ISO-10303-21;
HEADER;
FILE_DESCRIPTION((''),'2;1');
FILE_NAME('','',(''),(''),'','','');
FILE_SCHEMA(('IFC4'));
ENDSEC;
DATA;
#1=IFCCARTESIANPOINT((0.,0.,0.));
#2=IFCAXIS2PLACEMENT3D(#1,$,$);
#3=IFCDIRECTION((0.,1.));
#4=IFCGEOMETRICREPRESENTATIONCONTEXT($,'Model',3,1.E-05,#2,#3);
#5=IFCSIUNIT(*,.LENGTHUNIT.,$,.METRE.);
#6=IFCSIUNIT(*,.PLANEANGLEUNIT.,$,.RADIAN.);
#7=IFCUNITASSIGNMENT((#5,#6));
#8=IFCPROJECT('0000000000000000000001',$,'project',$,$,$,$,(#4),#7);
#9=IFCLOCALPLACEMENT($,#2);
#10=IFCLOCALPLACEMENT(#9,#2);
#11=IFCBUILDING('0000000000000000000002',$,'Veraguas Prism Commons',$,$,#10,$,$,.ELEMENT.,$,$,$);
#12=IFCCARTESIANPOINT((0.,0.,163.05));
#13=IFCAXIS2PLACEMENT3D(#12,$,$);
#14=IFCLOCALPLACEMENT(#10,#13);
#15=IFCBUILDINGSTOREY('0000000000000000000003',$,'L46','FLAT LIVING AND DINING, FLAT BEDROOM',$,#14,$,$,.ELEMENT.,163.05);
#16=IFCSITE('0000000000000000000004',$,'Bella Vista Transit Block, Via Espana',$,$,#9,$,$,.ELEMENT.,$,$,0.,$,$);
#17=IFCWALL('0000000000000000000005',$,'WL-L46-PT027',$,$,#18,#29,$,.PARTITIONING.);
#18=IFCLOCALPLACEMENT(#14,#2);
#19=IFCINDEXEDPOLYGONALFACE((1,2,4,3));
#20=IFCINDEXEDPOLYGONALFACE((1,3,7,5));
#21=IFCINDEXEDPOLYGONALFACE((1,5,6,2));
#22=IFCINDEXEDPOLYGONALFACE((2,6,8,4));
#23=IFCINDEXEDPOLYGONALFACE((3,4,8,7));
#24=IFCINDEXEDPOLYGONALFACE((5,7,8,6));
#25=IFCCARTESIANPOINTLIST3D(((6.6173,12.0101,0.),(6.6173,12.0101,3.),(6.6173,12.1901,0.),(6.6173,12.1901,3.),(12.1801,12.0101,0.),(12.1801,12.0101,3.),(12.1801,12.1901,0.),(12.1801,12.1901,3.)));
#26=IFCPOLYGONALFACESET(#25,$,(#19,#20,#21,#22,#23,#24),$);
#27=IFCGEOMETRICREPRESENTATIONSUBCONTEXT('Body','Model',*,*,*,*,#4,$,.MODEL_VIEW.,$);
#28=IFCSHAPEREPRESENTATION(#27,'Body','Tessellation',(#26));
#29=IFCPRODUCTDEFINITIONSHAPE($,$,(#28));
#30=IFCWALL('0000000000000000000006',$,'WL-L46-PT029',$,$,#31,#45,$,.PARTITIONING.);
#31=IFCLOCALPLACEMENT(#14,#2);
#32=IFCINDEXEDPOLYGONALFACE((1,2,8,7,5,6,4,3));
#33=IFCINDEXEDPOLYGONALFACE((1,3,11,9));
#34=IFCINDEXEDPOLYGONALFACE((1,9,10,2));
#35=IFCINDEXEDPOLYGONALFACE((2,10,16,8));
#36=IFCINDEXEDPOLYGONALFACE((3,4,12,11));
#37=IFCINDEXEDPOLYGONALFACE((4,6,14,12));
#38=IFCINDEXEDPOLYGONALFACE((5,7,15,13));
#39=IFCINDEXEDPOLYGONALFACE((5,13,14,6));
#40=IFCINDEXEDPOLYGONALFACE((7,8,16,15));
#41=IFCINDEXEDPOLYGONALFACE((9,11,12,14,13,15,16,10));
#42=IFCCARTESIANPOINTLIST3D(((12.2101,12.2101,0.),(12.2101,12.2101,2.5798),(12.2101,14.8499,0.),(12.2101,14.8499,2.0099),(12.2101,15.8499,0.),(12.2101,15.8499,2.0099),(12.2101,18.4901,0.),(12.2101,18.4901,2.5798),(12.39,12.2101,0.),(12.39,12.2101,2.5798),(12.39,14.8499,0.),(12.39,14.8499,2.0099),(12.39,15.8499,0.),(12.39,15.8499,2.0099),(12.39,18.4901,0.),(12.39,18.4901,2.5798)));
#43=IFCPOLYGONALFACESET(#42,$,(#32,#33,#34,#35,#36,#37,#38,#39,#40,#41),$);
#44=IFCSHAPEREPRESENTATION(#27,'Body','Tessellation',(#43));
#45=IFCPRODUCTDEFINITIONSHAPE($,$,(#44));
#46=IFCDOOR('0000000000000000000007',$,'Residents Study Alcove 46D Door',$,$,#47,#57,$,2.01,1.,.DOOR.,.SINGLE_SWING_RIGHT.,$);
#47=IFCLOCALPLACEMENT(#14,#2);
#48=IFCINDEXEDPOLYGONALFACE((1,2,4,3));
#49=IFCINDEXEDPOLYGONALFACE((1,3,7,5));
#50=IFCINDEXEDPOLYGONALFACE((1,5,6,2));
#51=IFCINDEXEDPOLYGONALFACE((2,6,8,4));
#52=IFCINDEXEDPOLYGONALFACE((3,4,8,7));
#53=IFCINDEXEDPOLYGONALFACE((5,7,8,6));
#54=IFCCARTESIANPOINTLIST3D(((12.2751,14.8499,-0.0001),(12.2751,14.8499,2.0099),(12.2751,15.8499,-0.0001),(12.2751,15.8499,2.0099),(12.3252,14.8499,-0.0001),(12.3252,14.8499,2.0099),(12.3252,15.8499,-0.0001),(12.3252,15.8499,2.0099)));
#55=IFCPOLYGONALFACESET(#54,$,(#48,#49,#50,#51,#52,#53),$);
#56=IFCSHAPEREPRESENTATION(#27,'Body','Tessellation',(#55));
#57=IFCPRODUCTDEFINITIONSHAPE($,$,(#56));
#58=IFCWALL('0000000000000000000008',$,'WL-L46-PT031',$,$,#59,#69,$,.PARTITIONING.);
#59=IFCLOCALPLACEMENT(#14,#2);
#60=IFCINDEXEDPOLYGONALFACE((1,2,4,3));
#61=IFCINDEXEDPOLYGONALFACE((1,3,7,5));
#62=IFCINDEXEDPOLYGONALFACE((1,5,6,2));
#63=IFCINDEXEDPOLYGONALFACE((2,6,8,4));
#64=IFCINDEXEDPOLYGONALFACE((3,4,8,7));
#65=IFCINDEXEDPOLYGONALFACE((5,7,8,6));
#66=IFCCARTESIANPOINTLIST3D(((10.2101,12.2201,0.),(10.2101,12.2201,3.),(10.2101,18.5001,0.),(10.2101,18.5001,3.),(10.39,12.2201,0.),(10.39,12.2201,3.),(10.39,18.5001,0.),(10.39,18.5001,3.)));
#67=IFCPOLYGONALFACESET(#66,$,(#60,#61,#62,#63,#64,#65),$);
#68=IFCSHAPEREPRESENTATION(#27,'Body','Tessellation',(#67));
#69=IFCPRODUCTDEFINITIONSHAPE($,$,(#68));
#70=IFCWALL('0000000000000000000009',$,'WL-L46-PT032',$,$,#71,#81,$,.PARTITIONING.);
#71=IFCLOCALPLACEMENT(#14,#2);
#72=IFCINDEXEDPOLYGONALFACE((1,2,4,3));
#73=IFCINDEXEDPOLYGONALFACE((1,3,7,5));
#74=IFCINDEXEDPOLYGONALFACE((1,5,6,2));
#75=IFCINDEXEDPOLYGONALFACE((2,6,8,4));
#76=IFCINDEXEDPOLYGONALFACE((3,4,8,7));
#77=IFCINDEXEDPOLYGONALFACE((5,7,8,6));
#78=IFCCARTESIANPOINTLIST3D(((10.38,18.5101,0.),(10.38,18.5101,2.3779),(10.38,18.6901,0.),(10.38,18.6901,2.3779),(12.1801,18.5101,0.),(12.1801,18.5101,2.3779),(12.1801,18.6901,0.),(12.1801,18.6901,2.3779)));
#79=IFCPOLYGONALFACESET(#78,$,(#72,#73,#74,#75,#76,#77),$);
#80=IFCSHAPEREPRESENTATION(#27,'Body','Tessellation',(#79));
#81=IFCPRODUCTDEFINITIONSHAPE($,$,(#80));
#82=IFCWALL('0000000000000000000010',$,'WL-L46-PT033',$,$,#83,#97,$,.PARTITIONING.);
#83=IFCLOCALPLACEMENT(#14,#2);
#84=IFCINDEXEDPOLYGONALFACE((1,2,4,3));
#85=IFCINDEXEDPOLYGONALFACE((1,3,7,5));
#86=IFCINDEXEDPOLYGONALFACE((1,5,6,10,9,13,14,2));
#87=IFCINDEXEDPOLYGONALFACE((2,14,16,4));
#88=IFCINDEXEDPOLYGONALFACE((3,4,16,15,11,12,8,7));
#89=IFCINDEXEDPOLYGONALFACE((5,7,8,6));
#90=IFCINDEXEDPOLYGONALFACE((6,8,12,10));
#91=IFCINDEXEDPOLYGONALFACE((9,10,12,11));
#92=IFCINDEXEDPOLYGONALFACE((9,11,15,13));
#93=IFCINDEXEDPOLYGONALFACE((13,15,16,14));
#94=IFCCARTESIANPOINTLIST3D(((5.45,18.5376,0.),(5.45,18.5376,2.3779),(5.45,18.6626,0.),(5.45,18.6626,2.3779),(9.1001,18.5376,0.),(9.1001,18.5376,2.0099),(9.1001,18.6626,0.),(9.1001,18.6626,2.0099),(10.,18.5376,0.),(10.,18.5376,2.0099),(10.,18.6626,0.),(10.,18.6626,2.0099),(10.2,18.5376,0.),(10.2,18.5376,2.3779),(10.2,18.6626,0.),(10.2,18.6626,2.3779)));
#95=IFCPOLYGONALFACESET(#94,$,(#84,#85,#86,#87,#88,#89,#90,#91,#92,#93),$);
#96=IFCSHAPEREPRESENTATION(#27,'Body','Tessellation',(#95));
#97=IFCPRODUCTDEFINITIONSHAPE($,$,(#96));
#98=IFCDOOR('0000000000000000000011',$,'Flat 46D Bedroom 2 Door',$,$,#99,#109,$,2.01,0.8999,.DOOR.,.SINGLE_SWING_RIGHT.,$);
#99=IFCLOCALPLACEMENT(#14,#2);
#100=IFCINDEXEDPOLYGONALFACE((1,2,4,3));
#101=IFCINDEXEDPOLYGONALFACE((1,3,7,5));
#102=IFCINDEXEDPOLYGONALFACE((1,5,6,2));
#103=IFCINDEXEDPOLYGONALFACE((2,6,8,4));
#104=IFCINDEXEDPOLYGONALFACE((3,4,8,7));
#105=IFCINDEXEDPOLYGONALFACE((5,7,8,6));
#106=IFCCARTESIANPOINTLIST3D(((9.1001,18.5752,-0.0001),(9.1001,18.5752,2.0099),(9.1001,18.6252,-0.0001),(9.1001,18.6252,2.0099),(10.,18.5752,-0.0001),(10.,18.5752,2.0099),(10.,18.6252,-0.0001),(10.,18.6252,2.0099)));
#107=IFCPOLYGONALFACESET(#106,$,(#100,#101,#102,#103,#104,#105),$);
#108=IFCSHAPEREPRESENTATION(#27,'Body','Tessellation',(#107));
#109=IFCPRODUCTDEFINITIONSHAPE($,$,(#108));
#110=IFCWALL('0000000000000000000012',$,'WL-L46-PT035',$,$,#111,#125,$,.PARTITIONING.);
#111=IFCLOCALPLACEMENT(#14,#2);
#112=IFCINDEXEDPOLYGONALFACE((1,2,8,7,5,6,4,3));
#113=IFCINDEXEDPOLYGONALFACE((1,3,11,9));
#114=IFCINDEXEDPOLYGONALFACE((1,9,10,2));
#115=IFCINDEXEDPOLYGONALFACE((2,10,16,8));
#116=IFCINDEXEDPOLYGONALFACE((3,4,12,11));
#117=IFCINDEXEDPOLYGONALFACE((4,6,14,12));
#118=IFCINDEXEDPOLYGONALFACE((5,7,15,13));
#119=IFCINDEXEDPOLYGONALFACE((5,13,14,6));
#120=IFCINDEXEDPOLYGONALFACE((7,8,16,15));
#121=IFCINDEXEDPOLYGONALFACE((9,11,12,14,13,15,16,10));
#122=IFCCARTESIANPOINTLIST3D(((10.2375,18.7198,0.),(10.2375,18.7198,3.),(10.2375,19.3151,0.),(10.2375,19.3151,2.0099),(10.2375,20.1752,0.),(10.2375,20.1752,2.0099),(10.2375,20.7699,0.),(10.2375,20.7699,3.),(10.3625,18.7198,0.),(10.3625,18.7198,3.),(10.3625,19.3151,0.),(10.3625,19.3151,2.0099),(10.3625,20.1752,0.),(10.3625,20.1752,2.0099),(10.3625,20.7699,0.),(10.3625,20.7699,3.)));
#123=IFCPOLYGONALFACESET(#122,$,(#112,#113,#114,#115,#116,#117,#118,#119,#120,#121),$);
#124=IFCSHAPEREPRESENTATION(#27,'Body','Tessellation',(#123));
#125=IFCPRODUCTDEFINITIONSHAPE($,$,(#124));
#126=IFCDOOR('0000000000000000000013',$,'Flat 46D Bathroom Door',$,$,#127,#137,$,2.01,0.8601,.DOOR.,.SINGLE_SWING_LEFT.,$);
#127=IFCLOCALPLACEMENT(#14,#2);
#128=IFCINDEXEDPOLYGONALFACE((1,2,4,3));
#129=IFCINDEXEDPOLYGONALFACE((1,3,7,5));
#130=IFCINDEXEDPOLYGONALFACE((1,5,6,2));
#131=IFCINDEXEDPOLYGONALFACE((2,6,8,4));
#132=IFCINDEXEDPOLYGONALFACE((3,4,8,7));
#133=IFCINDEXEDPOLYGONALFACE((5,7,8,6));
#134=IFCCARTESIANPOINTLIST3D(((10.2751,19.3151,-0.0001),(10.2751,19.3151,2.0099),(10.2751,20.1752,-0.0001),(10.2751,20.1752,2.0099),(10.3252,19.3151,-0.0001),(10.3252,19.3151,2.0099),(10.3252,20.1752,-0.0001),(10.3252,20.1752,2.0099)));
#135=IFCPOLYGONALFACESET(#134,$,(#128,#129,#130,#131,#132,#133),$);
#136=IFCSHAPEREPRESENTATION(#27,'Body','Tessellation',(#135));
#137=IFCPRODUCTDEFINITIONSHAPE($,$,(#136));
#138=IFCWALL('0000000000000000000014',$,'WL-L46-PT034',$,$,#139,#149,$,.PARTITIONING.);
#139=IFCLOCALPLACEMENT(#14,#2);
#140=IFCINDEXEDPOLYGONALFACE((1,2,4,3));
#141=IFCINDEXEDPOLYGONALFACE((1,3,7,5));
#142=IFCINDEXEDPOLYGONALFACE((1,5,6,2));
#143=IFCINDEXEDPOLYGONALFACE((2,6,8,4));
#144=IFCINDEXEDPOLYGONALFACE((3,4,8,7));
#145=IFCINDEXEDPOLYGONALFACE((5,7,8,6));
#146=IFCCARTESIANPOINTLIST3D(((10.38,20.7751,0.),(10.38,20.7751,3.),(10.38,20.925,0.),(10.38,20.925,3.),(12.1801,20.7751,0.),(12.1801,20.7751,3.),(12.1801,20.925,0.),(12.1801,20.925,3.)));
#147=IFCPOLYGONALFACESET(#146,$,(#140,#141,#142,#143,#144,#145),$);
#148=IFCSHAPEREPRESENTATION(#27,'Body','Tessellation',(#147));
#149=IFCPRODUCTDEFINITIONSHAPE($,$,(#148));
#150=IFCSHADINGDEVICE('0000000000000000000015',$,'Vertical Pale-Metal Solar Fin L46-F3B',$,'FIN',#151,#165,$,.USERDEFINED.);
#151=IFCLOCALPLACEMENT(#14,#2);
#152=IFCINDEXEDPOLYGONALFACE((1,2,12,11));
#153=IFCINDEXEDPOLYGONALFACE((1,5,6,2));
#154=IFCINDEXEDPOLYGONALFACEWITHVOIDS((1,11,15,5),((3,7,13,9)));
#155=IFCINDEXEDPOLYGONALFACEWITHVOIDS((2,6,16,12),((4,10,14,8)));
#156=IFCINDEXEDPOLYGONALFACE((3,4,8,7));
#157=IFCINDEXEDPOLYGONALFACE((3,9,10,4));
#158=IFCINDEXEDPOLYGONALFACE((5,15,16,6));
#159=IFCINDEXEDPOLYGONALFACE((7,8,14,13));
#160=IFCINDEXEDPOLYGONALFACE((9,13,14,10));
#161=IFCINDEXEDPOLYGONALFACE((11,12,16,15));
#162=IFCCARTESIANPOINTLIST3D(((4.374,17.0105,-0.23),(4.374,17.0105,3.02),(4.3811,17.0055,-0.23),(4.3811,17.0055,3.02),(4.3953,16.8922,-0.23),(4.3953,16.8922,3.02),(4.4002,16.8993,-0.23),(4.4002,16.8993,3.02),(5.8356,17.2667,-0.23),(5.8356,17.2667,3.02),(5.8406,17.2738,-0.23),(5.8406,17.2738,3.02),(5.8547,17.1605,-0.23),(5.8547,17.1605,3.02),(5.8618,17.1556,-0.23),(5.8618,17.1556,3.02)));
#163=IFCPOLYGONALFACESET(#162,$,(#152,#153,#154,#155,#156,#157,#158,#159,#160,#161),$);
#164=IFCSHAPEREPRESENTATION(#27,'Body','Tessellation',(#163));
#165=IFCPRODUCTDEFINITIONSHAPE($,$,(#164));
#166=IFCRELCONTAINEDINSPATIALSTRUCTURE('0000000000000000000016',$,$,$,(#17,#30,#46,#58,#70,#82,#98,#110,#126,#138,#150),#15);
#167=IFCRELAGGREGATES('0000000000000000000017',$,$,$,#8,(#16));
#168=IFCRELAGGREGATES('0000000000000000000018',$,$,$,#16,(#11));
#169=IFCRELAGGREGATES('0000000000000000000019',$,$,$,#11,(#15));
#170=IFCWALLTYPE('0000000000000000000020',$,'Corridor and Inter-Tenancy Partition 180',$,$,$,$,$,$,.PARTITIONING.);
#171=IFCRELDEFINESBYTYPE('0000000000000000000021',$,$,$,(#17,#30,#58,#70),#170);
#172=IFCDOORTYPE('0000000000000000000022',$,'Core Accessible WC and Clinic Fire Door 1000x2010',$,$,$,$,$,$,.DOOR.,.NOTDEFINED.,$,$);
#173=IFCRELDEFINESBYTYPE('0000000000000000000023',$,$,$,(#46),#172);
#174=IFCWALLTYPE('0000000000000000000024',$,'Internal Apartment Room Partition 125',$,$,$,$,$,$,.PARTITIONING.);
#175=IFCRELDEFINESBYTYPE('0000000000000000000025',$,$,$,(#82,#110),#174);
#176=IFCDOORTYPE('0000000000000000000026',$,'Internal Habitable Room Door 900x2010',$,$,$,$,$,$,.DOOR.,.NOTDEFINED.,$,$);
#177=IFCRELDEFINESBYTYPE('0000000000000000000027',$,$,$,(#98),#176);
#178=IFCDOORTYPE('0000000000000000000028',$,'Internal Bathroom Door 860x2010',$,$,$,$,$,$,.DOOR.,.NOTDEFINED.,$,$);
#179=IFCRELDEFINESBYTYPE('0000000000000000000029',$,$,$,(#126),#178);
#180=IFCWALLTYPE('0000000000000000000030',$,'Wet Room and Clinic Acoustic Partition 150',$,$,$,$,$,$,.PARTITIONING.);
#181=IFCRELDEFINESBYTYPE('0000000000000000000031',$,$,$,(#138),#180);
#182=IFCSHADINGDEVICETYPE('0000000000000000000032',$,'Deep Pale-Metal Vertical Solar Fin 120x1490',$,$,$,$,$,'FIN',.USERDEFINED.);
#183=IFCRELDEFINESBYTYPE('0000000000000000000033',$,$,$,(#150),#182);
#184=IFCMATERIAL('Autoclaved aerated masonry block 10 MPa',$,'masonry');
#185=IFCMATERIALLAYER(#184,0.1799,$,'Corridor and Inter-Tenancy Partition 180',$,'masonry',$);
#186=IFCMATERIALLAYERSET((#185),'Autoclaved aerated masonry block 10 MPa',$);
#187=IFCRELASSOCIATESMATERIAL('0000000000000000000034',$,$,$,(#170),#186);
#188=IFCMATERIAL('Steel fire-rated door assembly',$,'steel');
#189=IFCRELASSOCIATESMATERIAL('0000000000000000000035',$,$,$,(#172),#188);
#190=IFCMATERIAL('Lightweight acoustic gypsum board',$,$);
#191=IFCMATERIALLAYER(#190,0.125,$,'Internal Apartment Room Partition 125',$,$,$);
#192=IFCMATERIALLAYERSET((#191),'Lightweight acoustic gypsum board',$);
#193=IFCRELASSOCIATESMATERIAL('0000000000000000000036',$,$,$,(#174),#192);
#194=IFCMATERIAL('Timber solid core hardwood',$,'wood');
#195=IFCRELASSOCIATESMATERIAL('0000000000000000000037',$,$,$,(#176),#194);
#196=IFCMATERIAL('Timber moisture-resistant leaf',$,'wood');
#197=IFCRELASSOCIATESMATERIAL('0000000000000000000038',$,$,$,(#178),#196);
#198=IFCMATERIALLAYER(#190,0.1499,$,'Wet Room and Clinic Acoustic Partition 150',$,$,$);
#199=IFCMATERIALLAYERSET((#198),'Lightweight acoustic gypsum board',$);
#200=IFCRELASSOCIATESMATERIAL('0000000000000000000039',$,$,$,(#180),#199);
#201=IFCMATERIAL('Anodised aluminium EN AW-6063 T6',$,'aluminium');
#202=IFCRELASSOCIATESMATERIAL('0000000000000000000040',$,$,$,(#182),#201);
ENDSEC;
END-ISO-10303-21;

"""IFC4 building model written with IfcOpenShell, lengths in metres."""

from ifc_helpers import new_model, si_unit, direction, frame, frame_2d, origin, origin_2d, place, context, subcontext, project, spatial, rectangle, hollow_rectangle, extrude, source, transform, mapped, material, layer, layer_set, material_profile, profile_set, type_object, element, fill, save


model = new_model("IFC4")

# Units and contexts
model_context = context("Model", 3, precision=1e-05, world=origin(), true_north=direction((0.0, 1.0)))
body_context = subcontext(model_context, "Body", "Model", "MODEL_VIEW")
ifc_project = project(units=[si_unit("LENGTHUNIT", "METRE"), si_unit("PLANEANGLEUNIT", "RADIAN")], contexts=[model_context])

# Site, building, storey
site_placement = place(None, origin())
site = spatial("IfcSite", under=ifc_project, at=site_placement, Name="Bella Vista Transit Block, Via Espana", CompositionType="ELEMENT", RefElevation=0.0)
building_placement = place(site_placement, origin())
building = spatial("IfcBuilding", under=site, at=building_placement, Name="Veraguas Prism Commons", CompositionType="ELEMENT")
storey_placement = place(building_placement, frame((0.0, 0.0, 163.05)))
storey = spatial("IfcBuildingStorey", under=building, at=storey_placement, Name="L46", Description="FLAT LIVING AND DINING, FLAT BEDROOM", CompositionType="ELEMENT", Elevation=163.05)

# Shared definitions
ifc_material_1 = material(Name="Anodised aluminium EN AW-6063 T6", Category="aluminium")

# Wall
ifc_material_2 = material(Name="Autoclaved aerated masonry block 10 MPa", Category="masonry")
ifc_layer_1 = layer(ifc_material_2, 0.1799, Name="Corridor and Inter-Tenancy Partition 180", Category="masonry")
ifc_layer_set_1 = layer_set([ifc_layer_1], Name="Autoclaved aerated masonry block 10 MPa")
wall_type_1 = type_object("IfcWallType", Name="Corridor and Inter-Tenancy Partition 180", PredefinedType="PARTITIONING", material=ifc_layer_set_1)
wall_1_placement = place(storey_placement, frame((12.1799, 12.1001, 0.0), z_axis=(0.0, 0.0, 1.0), x_axis=(-1.0, 0.0, 0.0)))
element("IfcWall", 1, at=wall_1_placement, inside=storey, type_object=wall_type_1, Name="WL-L46-PT027", PredefinedType="PARTITIONING", context=body_context, shape_type="SweptSolid", body=[
    extrude(rectangle(XDim=5.5627, YDim=0.1799, at=frame_2d((2.7812, 0.0))), origin(), (0.0, 0.0, 1.0), 3.0),
])

# Wall, opening, door
wall_2_placement = place(storey_placement, frame((12.3, 12.21, 0.0), z_axis=(0.0, 0.0, 1.0), x_axis=(0.0, 1.0, 0.0)))
wall_2 = element("IfcWall", 2, at=wall_2_placement, inside=storey, type_object=wall_type_1, Name="WL-L46-PT029", PredefinedType="PARTITIONING", context=body_context, shape_type="SweptSolid", body=[
    extrude(rectangle(XDim=6.28, YDim=0.1799, at=frame_2d((3.1401, 0.0))), origin(), (0.0, 0.0, 1.0), 2.5798),
])
opening_1_placement = place(wall_2_placement, frame((2.6399, 0.0, 0.0)))
opening_1 = element("IfcOpeningElement", 3, at=opening_1_placement, cuts=wall_2, PredefinedType="OPENING", context=body_context, shape_type="SweptSolid", body=[
    extrude(rectangle(XDim=1.0, YDim=2.01, at=frame_2d((0.5, 1.0049))), frame((0.0, 0.0999, 0.0), z_axis=(0.0, -1.0, 0.0), x_axis=(1.0, 0.0, 0.0)), (0.0, 0.0, 1.0), 0.2),
])
ifc_material_3 = material(Name="Steel fire-rated door assembly", Category="steel")
door_type_1 = type_object("IfcDoorType", Name="Core Accessible WC and Clinic Fire Door 1000x2010", OperationType="NOTDEFINED", PredefinedType="DOOR", material=ifc_material_3)
shared_shape_1 = source(origin(), body_context, "Body", "SweptSolid", [
    extrude(rectangle(XDim=1.0, YDim=2.01, at=frame_2d((0.5, 1.0049))), frame((0.0, 0.0249, 0.0), z_axis=(0.0, -1.0, 0.0), x_axis=(1.0, 0.0, 0.0)), (0.0, 0.0, 1.0), 0.05),
])
door_1_placement = place(opening_1_placement, origin())
door_1 = element("IfcDoor", 4, at=door_1_placement, inside=storey, type_object=door_type_1, Name="Residents Study Alcove 46D Door", OperationType="SINGLE_SWING_RIGHT", OverallHeight=2.01, OverallWidth=1.0, PredefinedType="DOOR", context=body_context, shape_type="MappedRepresentation", body=[
    mapped(shared_shape_1, transform((0.0, 0.0, 0.0), scale=1.0)),
])
fill(opening_1, door_1)

# Walls
wall_3_placement = place(storey_placement, frame((10.3, 12.22, 0.0), z_axis=(0.0, 0.0, 1.0), x_axis=(0.0, 1.0, 0.0)))
element("IfcWall", 5, at=wall_3_placement, inside=storey, type_object=wall_type_1, Name="WL-L46-PT031", PredefinedType="PARTITIONING", context=body_context, shape_type="SweptSolid", body=[
    extrude(rectangle(XDim=6.28, YDim=0.1799, at=frame_2d((3.1401, 0.0))), origin(), (0.0, 0.0, 1.0), 3.0),
])
wall_4_placement = place(storey_placement, frame((12.1799, 18.6001, 0.0), z_axis=(0.0, 0.0, 1.0), x_axis=(-1.0, 0.0, 0.0)))
element("IfcWall", 6, at=wall_4_placement, inside=storey, type_object=wall_type_1, Name="WL-L46-PT032", PredefinedType="PARTITIONING", context=body_context, shape_type="SweptSolid", body=[
    extrude(rectangle(XDim=1.8, YDim=0.1799, at=frame_2d((0.8999, 0.0))), origin(), (0.0, 0.0, 1.0), 2.3779),
])

# Walls, openings, doors
ifc_material_4 = material(Name="Lightweight acoustic gypsum board")
ifc_layer_2 = layer(ifc_material_4, 0.125, Name="Internal Apartment Room Partition 125")
ifc_layer_set_2 = layer_set([ifc_layer_2], Name="Lightweight acoustic gypsum board")
wall_type_2 = type_object("IfcWallType", Name="Internal Apartment Room Partition 125", PredefinedType="PARTITIONING", material=ifc_layer_set_2)
wall_5_placement = place(storey_placement, frame((10.2, 18.6001, 0.0), z_axis=(0.0, 0.0, 1.0), x_axis=(-1.0, 0.0, 0.0)))
wall_5 = element("IfcWall", 7, at=wall_5_placement, inside=storey, type_object=wall_type_2, Name="WL-L46-PT033", PredefinedType="PARTITIONING", context=body_context, shape_type="SweptSolid", body=[
    extrude(rectangle(XDim=4.75, YDim=0.125, at=frame_2d((2.375, 0.0))), origin(), (0.0, 0.0, 1.0), 2.3779),
])
opening_2_placement = place(wall_5_placement, frame((0.2, 0.0, 0.0)))
opening_2 = element("IfcOpeningElement", 8, at=opening_2_placement, cuts=wall_5, PredefinedType="OPENING", context=body_context, shape_type="SweptSolid", body=[
    extrude(rectangle(XDim=0.8999, YDim=2.01, at=frame_2d((0.45, 1.0049))), frame((0.0, 0.0725, 0.0), z_axis=(0.0, -1.0, 0.0), x_axis=(1.0, 0.0, 0.0)), (0.0, 0.0, 1.0), 0.145),
])
ifc_material_5 = material(Name="Timber solid core hardwood", Category="wood")
door_type_2 = type_object("IfcDoorType", Name="Internal Habitable Room Door 900x2010", OperationType="NOTDEFINED", PredefinedType="DOOR", material=ifc_material_5)
shared_shape_2 = source(origin(), body_context, "Body", "SweptSolid", [
    extrude(rectangle(XDim=0.8999, YDim=2.01, at=frame_2d((0.45, 1.0049))), frame((0.0, 0.0249, 0.0), z_axis=(0.0, -1.0, 0.0), x_axis=(1.0, 0.0, 0.0)), (0.0, 0.0, 1.0), 0.05),
])
door_2_placement = place(opening_2_placement, origin())
door_2 = element("IfcDoor", 9, at=door_2_placement, inside=storey, type_object=door_type_2, Name="Flat 46D Bedroom 2 Door", OperationType="SINGLE_SWING_RIGHT", OverallHeight=2.01, OverallWidth=0.8999, PredefinedType="DOOR", context=body_context, shape_type="MappedRepresentation", body=[
    mapped(shared_shape_2, transform((0.0, 0.0, 0.0), scale=1.0)),
])
fill(opening_2, door_2)
wall_6_placement = place(storey_placement, frame((10.3, 18.72, 0.0), z_axis=(0.0, 0.0, 1.0), x_axis=(0.0, 1.0, 0.0)))
wall_6 = element("IfcWall", 10, at=wall_6_placement, inside=storey, type_object=wall_type_2, Name="WL-L46-PT035", PredefinedType="PARTITIONING", context=body_context, shape_type="SweptSolid", body=[
    extrude(rectangle(XDim=2.05, YDim=0.125, at=frame_2d((1.0249, 0.0))), origin(), (0.0, 0.0, 1.0), 3.0),
])
opening_3_placement = place(wall_6_placement, frame((0.595, 0.0, 0.0)))
opening_3 = element("IfcOpeningElement", 11, at=opening_3_placement, cuts=wall_6, PredefinedType="OPENING", context=body_context, shape_type="SweptSolid", body=[
    extrude(rectangle(XDim=0.8601, YDim=2.01, at=frame_2d((0.4302, 1.0049))), frame((0.0, 0.0725, 0.0), z_axis=(0.0, -1.0, 0.0), x_axis=(1.0, 0.0, 0.0)), (0.0, 0.0, 1.0), 0.145),
])
ifc_material_6 = material(Name="Timber moisture-resistant leaf", Category="wood")
door_type_3 = type_object("IfcDoorType", Name="Internal Bathroom Door 860x2010", OperationType="NOTDEFINED", PredefinedType="DOOR", material=ifc_material_6)
shared_shape_3 = source(origin(), body_context, "Body", "SweptSolid", [
    extrude(rectangle(XDim=0.8601, YDim=2.01, at=frame_2d((0.4302, 1.0049))), frame((0.0, 0.0249, 0.0), z_axis=(0.0, -1.0, 0.0), x_axis=(1.0, 0.0, 0.0)), (0.0, 0.0, 1.0), 0.05),
])
door_3_placement = place(opening_3_placement, origin())
door_3 = element("IfcDoor", 12, at=door_3_placement, inside=storey, type_object=door_type_3, Name="Flat 46D Bathroom Door", OperationType="SINGLE_SWING_LEFT", OverallHeight=2.01, OverallWidth=0.8601, PredefinedType="DOOR", context=body_context, shape_type="MappedRepresentation", body=[
    mapped(shared_shape_3, transform((0.0, 0.0, 0.0), scale=1.0)),
])
fill(opening_3, door_3)

# Wall
ifc_layer_3 = layer(ifc_material_4, 0.1499, Name="Wet Room and Clinic Acoustic Partition 150")
ifc_layer_set_3 = layer_set([ifc_layer_3], Name="Lightweight acoustic gypsum board")
wall_type_3 = type_object("IfcWallType", Name="Wet Room and Clinic Acoustic Partition 150", PredefinedType="PARTITIONING", material=ifc_layer_set_3)
wall_7_placement = place(storey_placement, frame((12.1799, 20.8501, 0.0), z_axis=(0.0, 0.0, 1.0), x_axis=(-1.0, 0.0, 0.0)))
element("IfcWall", 13, at=wall_7_placement, inside=storey, type_object=wall_type_3, Name="WL-L46-PT034", PredefinedType="PARTITIONING", context=body_context, shape_type="SweptSolid", body=[
    extrude(rectangle(XDim=1.8, YDim=0.1499, at=frame_2d((0.8999, 0.0))), origin(), (0.0, 0.0, 1.0), 3.0),
])

# Shading device
ifc_material_profile_1 = material_profile(ifc_material_1, hollow_rectangle(XDim=0.1201, YDim=1.49, WallThickness=0.0061, at=origin_2d()), Name="FIN120X1490X6")
ifc_profile_set_1 = profile_set([ifc_material_profile_1], Name="Anodised aluminium EN AW-6063 T6")
shading_device_type = type_object("IfcShadingDeviceType", Name="Deep Pale-Metal Vertical Solar Fin 120x1490", ElementType="FIN", PredefinedType="USERDEFINED", material=ifc_profile_set_1)
shading_device_placement = place(storey_placement, frame((5.1179, 17.083, -0.23), z_axis=(0.0, 0.0, 1.0), x_axis=(0.176739, -0.984258, 0.0)))
element("IfcShadingDevice", 14, at=shading_device_placement, inside=storey, type_object=shading_device_type, Name="Vertical Pale-Metal Solar Fin L46-F3B", ObjectType="FIN", PredefinedType="USERDEFINED", context=body_context, shape_type="SweptSolid", body=[
    extrude(hollow_rectangle(XDim=0.1201, YDim=1.49, WallThickness=0.0061, at=origin_2d()), origin(), (0.0, 0.0, 1.0), 3.25),
])

save(model, "model.ifc")
